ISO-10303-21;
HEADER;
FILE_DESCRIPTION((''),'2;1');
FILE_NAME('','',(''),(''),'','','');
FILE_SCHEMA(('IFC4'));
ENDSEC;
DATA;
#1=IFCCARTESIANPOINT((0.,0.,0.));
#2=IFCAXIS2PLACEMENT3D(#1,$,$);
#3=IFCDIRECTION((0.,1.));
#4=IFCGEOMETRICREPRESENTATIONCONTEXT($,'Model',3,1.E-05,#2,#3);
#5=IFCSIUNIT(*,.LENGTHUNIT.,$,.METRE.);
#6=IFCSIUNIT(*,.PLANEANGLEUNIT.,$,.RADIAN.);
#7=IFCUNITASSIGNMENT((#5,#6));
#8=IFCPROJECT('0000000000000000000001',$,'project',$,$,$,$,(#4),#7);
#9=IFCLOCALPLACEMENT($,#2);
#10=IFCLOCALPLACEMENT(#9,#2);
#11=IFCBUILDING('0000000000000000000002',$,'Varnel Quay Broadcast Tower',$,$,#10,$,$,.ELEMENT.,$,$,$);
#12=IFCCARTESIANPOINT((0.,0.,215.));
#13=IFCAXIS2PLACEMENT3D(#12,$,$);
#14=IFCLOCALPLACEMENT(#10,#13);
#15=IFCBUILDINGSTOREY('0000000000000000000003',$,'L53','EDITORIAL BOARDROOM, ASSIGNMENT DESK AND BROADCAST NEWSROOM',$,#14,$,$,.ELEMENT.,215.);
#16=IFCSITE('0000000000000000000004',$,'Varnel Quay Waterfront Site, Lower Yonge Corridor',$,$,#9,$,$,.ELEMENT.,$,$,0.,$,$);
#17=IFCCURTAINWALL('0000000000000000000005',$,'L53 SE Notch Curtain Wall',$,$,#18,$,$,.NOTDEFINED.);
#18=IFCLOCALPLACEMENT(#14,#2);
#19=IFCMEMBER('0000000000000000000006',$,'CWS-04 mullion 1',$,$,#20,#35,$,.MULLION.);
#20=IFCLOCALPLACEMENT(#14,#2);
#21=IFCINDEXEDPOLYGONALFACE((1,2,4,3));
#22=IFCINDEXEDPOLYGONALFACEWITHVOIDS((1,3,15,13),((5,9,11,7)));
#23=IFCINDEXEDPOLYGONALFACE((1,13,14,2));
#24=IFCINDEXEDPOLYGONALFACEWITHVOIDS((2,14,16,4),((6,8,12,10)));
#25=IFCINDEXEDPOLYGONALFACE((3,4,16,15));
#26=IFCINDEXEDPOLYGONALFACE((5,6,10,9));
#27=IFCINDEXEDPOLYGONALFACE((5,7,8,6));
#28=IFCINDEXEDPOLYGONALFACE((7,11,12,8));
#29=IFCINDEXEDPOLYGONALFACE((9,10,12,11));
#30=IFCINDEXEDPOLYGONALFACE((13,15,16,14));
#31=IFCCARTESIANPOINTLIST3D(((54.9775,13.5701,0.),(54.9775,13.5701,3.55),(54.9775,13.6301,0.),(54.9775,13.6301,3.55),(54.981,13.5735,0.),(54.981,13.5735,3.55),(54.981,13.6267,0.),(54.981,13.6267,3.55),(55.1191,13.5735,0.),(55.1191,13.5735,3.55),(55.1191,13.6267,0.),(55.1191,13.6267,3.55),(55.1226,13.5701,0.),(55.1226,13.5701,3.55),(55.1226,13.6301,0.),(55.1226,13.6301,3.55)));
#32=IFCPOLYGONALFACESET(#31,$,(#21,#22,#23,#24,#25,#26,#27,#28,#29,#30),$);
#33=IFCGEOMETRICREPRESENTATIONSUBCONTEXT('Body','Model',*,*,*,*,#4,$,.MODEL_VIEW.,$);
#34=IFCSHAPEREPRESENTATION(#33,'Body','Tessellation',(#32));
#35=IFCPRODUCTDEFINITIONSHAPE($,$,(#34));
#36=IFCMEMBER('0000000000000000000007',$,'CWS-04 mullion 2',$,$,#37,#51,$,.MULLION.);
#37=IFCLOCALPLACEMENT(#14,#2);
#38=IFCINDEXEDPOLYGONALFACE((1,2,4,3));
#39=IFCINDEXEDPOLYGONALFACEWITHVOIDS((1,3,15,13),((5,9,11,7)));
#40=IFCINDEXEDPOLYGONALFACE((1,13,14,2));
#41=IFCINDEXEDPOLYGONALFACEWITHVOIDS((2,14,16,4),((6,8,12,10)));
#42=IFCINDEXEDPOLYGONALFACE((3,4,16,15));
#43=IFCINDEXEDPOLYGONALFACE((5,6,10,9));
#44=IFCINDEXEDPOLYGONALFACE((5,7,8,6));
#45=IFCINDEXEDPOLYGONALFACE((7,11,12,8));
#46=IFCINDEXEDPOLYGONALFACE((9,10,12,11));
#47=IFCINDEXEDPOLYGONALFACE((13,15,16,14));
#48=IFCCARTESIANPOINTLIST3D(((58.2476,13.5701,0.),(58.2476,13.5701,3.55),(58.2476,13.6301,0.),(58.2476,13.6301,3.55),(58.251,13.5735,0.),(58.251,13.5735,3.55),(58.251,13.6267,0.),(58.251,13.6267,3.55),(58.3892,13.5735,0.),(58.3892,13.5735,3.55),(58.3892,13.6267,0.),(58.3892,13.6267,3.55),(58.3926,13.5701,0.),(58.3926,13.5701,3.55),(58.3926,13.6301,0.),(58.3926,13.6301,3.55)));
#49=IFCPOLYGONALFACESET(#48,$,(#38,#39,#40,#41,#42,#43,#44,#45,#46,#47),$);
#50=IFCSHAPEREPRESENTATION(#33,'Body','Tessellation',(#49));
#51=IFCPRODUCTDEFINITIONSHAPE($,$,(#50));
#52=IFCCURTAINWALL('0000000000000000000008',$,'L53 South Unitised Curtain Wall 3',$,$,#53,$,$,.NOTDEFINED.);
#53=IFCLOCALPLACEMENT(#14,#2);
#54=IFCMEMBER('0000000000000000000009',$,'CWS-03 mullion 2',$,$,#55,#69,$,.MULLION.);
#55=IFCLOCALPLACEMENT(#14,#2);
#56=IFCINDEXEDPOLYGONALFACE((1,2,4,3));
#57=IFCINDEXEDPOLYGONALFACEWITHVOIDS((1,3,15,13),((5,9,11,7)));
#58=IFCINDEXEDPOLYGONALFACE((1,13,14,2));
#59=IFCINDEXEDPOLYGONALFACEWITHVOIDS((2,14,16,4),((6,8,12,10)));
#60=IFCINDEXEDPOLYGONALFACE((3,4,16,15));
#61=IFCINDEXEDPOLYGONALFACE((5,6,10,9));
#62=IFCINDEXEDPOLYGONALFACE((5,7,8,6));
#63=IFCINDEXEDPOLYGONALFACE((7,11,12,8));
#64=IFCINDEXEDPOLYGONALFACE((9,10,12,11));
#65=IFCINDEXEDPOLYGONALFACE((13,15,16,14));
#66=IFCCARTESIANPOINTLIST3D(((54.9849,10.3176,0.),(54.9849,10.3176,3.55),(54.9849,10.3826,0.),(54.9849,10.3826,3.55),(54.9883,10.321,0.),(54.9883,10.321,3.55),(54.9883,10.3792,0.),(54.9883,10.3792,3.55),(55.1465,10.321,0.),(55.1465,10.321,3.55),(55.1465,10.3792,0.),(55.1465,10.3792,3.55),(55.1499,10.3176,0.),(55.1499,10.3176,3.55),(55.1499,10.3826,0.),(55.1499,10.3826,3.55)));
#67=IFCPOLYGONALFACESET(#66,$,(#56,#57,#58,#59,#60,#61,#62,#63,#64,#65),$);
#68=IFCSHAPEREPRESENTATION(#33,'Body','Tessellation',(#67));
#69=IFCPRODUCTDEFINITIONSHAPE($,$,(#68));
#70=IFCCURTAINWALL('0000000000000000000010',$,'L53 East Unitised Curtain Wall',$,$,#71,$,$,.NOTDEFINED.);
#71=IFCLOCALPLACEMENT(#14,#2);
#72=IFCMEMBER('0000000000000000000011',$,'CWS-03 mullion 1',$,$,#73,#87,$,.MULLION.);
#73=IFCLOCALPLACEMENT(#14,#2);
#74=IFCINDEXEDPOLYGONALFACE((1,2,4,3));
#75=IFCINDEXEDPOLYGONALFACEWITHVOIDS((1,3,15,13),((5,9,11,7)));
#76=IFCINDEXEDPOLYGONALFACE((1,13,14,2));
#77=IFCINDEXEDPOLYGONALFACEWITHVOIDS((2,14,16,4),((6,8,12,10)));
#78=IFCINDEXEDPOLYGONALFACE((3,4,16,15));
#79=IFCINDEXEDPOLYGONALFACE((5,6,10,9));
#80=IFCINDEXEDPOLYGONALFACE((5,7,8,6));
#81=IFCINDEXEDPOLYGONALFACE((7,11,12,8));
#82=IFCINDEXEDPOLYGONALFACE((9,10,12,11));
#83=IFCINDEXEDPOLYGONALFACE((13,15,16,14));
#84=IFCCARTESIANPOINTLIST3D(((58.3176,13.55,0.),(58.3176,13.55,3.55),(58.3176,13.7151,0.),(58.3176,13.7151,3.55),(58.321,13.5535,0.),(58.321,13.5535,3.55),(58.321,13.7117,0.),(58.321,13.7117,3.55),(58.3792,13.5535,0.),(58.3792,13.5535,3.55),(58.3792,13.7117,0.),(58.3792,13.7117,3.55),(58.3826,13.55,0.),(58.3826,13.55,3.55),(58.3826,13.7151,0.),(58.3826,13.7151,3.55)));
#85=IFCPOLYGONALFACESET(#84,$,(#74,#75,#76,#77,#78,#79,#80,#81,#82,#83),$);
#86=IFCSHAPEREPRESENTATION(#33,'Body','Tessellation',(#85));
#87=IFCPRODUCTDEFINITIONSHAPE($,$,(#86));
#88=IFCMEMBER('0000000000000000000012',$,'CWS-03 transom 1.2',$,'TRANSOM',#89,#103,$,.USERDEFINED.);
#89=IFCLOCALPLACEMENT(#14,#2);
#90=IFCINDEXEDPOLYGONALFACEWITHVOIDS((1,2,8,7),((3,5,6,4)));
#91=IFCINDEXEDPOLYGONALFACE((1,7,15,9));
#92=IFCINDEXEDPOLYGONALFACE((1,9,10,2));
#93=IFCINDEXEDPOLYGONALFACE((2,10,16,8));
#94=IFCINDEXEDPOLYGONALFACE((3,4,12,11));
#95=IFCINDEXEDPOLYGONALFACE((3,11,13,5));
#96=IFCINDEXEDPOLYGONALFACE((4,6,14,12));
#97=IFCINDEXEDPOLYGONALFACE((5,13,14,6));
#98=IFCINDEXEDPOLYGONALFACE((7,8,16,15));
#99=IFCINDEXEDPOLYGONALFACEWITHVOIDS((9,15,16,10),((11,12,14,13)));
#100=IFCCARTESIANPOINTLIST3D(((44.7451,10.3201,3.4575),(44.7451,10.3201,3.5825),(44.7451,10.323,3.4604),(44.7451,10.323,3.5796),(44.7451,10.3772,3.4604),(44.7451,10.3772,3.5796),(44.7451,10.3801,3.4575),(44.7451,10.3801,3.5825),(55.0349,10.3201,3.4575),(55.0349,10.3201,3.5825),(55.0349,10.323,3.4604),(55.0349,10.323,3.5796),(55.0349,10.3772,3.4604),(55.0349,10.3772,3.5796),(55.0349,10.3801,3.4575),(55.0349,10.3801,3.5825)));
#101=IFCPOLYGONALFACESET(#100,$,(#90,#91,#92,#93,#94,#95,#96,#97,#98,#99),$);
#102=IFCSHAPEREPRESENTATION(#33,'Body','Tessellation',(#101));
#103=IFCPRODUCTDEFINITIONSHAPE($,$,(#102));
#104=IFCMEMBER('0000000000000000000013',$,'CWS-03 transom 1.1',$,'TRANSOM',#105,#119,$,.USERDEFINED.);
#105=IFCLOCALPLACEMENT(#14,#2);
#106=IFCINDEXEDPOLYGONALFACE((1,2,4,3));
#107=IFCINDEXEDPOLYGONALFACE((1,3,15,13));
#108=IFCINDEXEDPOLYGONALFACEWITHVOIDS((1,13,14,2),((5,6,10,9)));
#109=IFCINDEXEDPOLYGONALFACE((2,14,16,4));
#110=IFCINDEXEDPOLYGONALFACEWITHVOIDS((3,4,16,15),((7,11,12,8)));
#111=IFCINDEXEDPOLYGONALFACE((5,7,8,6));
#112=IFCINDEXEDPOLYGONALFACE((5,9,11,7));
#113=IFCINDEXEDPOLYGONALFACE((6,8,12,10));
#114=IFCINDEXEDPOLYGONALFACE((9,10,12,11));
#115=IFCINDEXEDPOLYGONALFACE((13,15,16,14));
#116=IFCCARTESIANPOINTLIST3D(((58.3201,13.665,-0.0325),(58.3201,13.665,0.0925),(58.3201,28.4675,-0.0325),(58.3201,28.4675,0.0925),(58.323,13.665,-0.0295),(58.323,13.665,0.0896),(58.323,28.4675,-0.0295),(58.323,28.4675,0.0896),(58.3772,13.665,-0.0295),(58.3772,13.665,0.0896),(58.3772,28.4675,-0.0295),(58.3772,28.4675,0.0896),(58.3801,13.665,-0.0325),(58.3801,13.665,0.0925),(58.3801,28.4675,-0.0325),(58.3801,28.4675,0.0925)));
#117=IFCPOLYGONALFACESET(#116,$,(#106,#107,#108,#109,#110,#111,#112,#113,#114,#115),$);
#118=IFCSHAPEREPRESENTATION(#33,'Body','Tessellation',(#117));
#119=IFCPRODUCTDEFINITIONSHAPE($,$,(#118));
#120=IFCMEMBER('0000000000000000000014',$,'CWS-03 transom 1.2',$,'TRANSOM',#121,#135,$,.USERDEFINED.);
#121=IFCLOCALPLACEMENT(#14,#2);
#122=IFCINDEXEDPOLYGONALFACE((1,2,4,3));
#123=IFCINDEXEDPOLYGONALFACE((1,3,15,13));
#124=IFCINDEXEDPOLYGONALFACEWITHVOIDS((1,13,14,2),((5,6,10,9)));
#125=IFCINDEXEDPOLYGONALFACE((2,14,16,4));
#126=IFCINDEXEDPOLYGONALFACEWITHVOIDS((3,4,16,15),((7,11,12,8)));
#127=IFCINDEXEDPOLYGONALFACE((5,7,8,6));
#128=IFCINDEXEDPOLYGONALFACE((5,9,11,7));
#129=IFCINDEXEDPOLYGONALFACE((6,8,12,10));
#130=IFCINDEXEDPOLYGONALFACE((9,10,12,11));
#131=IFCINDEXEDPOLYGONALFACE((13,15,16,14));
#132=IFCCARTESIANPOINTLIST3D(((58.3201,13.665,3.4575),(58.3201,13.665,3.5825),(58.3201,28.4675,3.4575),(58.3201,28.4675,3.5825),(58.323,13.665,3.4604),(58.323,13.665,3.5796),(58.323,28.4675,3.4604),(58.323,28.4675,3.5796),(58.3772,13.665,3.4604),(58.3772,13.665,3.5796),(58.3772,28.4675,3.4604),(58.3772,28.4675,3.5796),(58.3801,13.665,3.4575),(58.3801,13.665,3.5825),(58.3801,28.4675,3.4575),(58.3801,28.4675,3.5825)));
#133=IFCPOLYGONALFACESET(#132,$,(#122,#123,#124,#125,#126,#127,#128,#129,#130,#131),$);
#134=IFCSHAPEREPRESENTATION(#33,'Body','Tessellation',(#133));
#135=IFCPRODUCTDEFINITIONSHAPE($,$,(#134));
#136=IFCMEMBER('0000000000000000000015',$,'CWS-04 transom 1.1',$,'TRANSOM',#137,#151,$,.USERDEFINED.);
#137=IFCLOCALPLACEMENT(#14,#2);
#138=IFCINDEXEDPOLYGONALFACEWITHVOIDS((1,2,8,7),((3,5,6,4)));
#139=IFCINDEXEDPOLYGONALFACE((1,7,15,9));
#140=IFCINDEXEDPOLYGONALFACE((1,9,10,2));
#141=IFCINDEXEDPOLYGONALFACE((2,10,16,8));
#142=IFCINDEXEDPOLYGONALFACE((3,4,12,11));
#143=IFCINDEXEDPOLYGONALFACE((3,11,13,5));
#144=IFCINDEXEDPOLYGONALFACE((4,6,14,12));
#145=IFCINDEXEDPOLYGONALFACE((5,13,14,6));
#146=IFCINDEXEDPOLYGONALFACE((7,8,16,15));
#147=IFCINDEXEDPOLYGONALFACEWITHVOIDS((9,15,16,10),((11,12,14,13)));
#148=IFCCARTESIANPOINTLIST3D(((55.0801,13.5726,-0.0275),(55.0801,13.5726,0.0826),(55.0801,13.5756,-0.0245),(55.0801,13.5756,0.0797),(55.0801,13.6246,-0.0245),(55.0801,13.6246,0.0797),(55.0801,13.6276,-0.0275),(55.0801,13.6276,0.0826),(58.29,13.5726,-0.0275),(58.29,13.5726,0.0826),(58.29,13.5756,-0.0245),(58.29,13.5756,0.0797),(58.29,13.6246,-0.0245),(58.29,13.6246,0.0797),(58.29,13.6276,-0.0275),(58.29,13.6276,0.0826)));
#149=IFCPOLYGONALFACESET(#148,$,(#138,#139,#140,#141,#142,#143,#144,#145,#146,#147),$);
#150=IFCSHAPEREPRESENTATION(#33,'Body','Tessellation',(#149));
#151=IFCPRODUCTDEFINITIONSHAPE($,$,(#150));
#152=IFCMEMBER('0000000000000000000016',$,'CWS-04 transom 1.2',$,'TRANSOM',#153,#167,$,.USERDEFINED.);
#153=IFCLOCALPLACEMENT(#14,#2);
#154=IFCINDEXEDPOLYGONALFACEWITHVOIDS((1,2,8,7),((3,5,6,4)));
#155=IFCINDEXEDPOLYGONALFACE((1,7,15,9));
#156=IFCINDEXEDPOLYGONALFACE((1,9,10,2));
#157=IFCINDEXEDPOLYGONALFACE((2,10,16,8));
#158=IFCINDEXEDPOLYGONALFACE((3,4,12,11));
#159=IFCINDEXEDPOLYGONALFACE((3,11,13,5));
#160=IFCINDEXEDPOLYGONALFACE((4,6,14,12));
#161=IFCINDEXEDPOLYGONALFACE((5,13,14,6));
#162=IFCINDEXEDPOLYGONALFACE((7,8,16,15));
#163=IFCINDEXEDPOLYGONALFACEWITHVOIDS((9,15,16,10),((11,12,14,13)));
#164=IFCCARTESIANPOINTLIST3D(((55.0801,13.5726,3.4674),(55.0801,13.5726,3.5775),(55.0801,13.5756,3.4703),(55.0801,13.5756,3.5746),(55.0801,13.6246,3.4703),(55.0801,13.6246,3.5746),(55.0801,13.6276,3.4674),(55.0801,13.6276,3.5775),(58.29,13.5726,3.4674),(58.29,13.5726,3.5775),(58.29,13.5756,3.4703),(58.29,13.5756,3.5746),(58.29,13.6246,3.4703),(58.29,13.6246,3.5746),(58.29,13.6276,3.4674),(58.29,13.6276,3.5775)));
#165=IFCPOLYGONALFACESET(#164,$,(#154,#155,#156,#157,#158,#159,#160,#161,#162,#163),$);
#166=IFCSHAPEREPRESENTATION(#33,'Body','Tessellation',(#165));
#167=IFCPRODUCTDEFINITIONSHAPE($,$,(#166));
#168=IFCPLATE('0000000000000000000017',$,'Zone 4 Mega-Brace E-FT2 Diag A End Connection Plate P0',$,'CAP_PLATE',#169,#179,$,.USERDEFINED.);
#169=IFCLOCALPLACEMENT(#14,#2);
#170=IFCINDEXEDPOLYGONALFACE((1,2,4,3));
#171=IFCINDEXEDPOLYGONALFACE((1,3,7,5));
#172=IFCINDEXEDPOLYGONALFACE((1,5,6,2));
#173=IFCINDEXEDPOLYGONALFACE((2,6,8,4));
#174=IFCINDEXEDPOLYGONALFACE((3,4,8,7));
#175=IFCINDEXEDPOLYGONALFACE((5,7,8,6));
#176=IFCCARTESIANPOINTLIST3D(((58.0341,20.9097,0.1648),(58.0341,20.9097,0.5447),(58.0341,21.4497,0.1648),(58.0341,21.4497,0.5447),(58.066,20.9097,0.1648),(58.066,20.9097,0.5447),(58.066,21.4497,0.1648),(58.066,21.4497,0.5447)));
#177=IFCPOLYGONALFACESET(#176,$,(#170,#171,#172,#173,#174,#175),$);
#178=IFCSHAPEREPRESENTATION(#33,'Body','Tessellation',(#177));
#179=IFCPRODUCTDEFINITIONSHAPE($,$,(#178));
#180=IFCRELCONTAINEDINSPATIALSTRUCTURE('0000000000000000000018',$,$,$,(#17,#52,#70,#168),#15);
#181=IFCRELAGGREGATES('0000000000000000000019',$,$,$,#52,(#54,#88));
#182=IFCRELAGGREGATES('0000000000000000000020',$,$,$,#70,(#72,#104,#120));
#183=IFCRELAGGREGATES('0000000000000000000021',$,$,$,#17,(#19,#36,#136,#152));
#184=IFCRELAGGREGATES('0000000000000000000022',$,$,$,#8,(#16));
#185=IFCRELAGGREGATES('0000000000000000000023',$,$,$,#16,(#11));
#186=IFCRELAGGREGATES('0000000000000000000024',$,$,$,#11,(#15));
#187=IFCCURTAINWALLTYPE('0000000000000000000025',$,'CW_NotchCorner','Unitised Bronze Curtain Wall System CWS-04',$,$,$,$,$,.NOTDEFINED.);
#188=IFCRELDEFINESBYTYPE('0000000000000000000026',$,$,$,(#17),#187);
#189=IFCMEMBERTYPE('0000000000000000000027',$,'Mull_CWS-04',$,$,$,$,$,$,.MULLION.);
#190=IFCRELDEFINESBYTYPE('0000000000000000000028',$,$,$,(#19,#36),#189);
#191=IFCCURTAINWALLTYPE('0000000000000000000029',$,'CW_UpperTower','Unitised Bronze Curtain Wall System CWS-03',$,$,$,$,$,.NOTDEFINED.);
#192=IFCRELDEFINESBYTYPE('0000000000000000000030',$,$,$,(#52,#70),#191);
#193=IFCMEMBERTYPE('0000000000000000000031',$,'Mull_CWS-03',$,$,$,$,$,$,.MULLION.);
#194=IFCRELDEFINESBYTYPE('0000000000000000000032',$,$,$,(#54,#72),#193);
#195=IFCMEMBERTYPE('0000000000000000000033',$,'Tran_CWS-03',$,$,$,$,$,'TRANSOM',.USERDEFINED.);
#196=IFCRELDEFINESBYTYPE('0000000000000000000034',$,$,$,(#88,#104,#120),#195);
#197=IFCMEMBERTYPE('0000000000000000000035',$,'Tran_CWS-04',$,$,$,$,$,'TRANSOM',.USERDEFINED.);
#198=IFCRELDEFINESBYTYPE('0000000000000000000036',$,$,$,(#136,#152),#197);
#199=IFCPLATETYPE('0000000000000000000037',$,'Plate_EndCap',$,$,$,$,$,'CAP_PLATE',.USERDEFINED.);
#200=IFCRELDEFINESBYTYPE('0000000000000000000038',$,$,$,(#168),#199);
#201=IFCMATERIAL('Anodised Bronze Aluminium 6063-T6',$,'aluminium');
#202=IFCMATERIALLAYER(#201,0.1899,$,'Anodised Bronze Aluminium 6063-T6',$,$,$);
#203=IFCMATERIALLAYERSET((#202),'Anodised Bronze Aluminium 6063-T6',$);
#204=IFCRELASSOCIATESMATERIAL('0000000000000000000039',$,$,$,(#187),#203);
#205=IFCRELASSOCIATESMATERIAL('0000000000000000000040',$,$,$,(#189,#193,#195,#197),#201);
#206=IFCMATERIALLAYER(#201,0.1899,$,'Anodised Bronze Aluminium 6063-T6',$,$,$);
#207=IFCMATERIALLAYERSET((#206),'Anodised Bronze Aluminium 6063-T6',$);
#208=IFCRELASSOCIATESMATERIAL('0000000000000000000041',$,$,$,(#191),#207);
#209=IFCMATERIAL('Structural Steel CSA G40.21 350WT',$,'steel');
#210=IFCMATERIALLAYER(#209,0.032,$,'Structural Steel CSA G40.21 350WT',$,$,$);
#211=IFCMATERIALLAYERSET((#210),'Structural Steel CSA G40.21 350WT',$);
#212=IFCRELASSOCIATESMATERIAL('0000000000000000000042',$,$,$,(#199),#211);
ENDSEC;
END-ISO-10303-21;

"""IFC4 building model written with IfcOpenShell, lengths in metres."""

from ifc_helpers import new_model, si_unit, direction, frame, origin, origin_2d, place, context, subcontext, project, spatial, rectangle, hollow_rectangle, extrude, source, transform, mapped, material, layer, layer_set, material_profile, profile_set, type_object, type_shapes, element, aggregate, save


model = new_model("IFC4")

# Units and contexts
model_context = context("Model", 3, precision=1e-05, world=origin(), true_north=direction((0.0, 1.0)))
body_context = subcontext(model_context, "Body", "Model", "MODEL_VIEW")
ifc_project = project(units=[si_unit("LENGTHUNIT", "METRE"), si_unit("PLANEANGLEUNIT", "RADIAN")], contexts=[model_context])

# Site, building, storey
site_placement = place(None, origin())
site = spatial("IfcSite", under=ifc_project, at=site_placement, Name="Varnel Quay Waterfront Site, Lower Yonge Corridor", CompositionType="ELEMENT", RefElevation=0.0)
building_placement = place(site_placement, origin())
building = spatial("IfcBuilding", under=site, at=building_placement, Name="Varnel Quay Broadcast Tower", CompositionType="ELEMENT")
storey_placement = place(building_placement, frame((0.0, 0.0, 215.0)))
storey = spatial("IfcBuildingStorey", under=building, at=storey_placement, Name="L53", Description="EDITORIAL BOARDROOM, ASSIGNMENT DESK AND BROADCAST NEWSROOM", CompositionType="ELEMENT", Elevation=215.0)

# Shared definitions
ifc_material_1 = material(Name="Structural Steel CSA G40.21 350WT", Category="steel")

# Curtain wall, members
ifc_material_2 = material(Name="Anodised Bronze Aluminium 6063-T6", Category="aluminium")
ifc_layer_1 = layer(ifc_material_2, 0.1899, Name="Anodised Bronze Aluminium 6063-T6")
ifc_layer_set_1 = layer_set([ifc_layer_1], Name="Anodised Bronze Aluminium 6063-T6")
curtain_wall_type_1 = type_object("IfcCurtainWallType", Name="CW_NotchCorner", Description="Unitised Bronze Curtain Wall System CWS-04", PredefinedType="NOTDEFINED", material=ifc_layer_set_1)
curtain_wall_1_placement = place(storey_placement, origin())
curtain_wall_1 = element("IfcCurtainWall", 1, at=curtain_wall_1_placement, inside=storey, type_object=curtain_wall_type_1, Name="L53 SE Notch Curtain Wall", PredefinedType="NOTDEFINED")
ifc_material_profile_1 = material_profile(ifc_material_2, hollow_rectangle(XDim=0.0601, YDim=0.145, WallThickness=0.0034, at=origin_2d()), Name="ALU60X145X3.5")
ifc_profile_set_1 = profile_set([ifc_material_profile_1], Name="Anodised Bronze Aluminium 6063-T6")
member_type_1 = type_object("IfcMemberType", Name="Mull_CWS-04", PredefinedType="MULLION", material=ifc_profile_set_1)
shared_shape_1 = source(origin(), body_context, "Body", "SweptSolid", [
    extrude(hollow_rectangle(XDim=0.0601, YDim=0.145, WallThickness=0.0034, at=origin_2d()), origin(), (0.0, 0.0, 1.0), 3.55),
])
type_shapes(member_type_1, [shared_shape_1])
member_1_placement = place(storey_placement, frame((55.05, 13.6001, 0.0), z_axis=(0.0, 0.0, 1.0), x_axis=(0.0, 1.0, 0.0)))
member_1 = element("IfcMember", 2, at=member_1_placement, type_object=member_type_1, Name="CWS-04 mullion 1", PredefinedType="MULLION", context=body_context, shape_type="MappedRepresentation", body=[
    mapped(shared_shape_1, transform((0.0, 0.0, 0.0), x_axis=(1.0, 0.0, 0.0), y_axis=(0.0, 1.0, 0.0), z_axis=(0.0, 0.0, 1.0), scale=1.0)),
])
member_2_placement = place(storey_placement, frame((58.3201, 13.6001, 0.0), z_axis=(0.0, 0.0, 1.0), x_axis=(0.0, 1.0, 0.0)))
member_2 = element("IfcMember", 3, at=member_2_placement, type_object=member_type_1, Name="CWS-04 mullion 2", PredefinedType="MULLION", context=body_context, shape_type="MappedRepresentation", body=[
    mapped(shared_shape_1, transform((0.0, 0.0, 0.0), x_axis=(1.0, 0.0, 0.0), y_axis=(0.0, 1.0, 0.0), z_axis=(0.0, 0.0, 1.0), scale=1.0)),
])

# Curtain walls, members
ifc_layer_2 = layer(ifc_material_2, 0.1899, Name="Anodised Bronze Aluminium 6063-T6")
ifc_layer_set_2 = layer_set([ifc_layer_2], Name="Anodised Bronze Aluminium 6063-T6")
curtain_wall_type_2 = type_object("IfcCurtainWallType", Name="CW_UpperTower", Description="Unitised Bronze Curtain Wall System CWS-03", PredefinedType="NOTDEFINED", material=ifc_layer_set_2)
curtain_wall_2_placement = place(storey_placement, origin())
curtain_wall_2 = element("IfcCurtainWall", 4, at=curtain_wall_2_placement, inside=storey, type_object=curtain_wall_type_2, Name="L53 South Unitised Curtain Wall 3", PredefinedType="NOTDEFINED")
ifc_material_profile_2 = material_profile(ifc_material_2, hollow_rectangle(XDim=0.0649, YDim=0.165, WallThickness=0.0034, at=origin_2d()), Name="ALU65X165X3.5")
ifc_profile_set_2 = profile_set([ifc_material_profile_2], Name="Anodised Bronze Aluminium 6063-T6")
member_type_2 = type_object("IfcMemberType", Name="Mull_CWS-03", PredefinedType="MULLION", material=ifc_profile_set_2)
shared_shape_2 = source(origin(), body_context, "Body", "SweptSolid", [
    extrude(hollow_rectangle(XDim=0.0649, YDim=0.165, WallThickness=0.0034, at=origin_2d()), origin(), (0.0, 0.0, 1.0), 3.55),
])
type_shapes(member_type_2, [shared_shape_2])
member_3_placement = place(storey_placement, frame((55.0674, 10.3501, 0.0), z_axis=(0.0, 0.0, 1.0), x_axis=(0.0, 1.0, 0.0)))
member_3 = element("IfcMember", 5, at=member_3_placement, type_object=member_type_2, Name="CWS-03 mullion 2", PredefinedType="MULLION", context=body_context, shape_type="MappedRepresentation", body=[
    mapped(shared_shape_2, transform((0.0, 0.0, 0.0), x_axis=(1.0, 0.0, 0.0), y_axis=(0.0, 1.0, 0.0), z_axis=(0.0, 0.0, 1.0), scale=1.0)),
])
curtain_wall_3_placement = place(storey_placement, origin())
curtain_wall_3 = element("IfcCurtainWall", 6, at=curtain_wall_3_placement, inside=storey, type_object=curtain_wall_type_2, Name="L53 East Unitised Curtain Wall", PredefinedType="NOTDEFINED")
member_4_placement = place(storey_placement, frame((58.3501, 13.6326, 0.0), z_axis=(0.0, 0.0, 1.0), x_axis=(-1.0, 0.0, 0.0)))
member_4 = element("IfcMember", 7, at=member_4_placement, type_object=member_type_2, Name="CWS-03 mullion 1", PredefinedType="MULLION", context=body_context, shape_type="MappedRepresentation", body=[
    mapped(shared_shape_2, transform((0.0, 0.0, 0.0), x_axis=(1.0, 0.0, 0.0), y_axis=(0.0, 1.0, 0.0), z_axis=(0.0, 0.0, 1.0), scale=1.0)),
])

# Members
ifc_material_profile_3 = material_profile(ifc_material_2, hollow_rectangle(XDim=0.0601, YDim=0.125, WallThickness=0.0029, at=origin_2d()), Name="ALU60X125X3")
ifc_profile_set_3 = profile_set([ifc_material_profile_3], Name="Anodised Bronze Aluminium 6063-T6")
member_type_3 = type_object("IfcMemberType", Name="Tran_CWS-03", ElementType="TRANSOM", PredefinedType="USERDEFINED", material=ifc_profile_set_3)
shared_shape_3 = source(origin(), body_context, "Body", "SweptSolid", [
    extrude(hollow_rectangle(XDim=0.0601, YDim=0.125, WallThickness=0.0029, at=origin_2d()), origin(), (0.0, 0.0, 1.0), 10.2898),
])
member_5_placement = place(storey_placement, frame((44.7451, 10.3501, 3.52), z_axis=(1.0, 0.0, 0.0), x_axis=(0.0, 1.0, 0.0)))
member_5 = element("IfcMember", 8, at=member_5_placement, type_object=member_type_3, Name="CWS-03 transom 1.2", ObjectType="TRANSOM", PredefinedType="USERDEFINED", context=body_context, shape_type="MappedRepresentation", body=[
    mapped(shared_shape_3, transform((0.0, 0.0, 0.0), x_axis=(1.0, 0.0, 0.0), y_axis=(0.0, 1.0, 0.0), z_axis=(0.0, 0.0, 1.0), scale=1.0)),
])
shared_shape_4 = source(origin(), body_context, "Body", "SweptSolid", [
    extrude(hollow_rectangle(XDim=0.0601, YDim=0.125, WallThickness=0.0029, at=origin_2d()), origin(), (0.0, 0.0, 1.0), 14.8025),
])
type_shapes(member_type_3, [shared_shape_3, shared_shape_4])
member_6_placement = place(storey_placement, frame((58.3501, 13.665, 0.03), z_axis=(0.0, 1.0, 0.0), x_axis=(-1.0, 0.0, 0.0)))
member_6 = element("IfcMember", 9, at=member_6_placement, type_object=member_type_3, Name="CWS-03 transom 1.1", ObjectType="TRANSOM", PredefinedType="USERDEFINED", context=body_context, shape_type="MappedRepresentation", body=[
    mapped(shared_shape_4, transform((0.0, 0.0, 0.0), x_axis=(1.0, 0.0, 0.0), y_axis=(0.0, 1.0, 0.0), z_axis=(0.0, 0.0, 1.0), scale=1.0)),
])
member_7_placement = place(storey_placement, frame((58.3501, 13.665, 3.52), z_axis=(0.0, 1.0, 0.0), x_axis=(-1.0, 0.0, 0.0)))
member_7 = element("IfcMember", 10, at=member_7_placement, type_object=member_type_3, Name="CWS-03 transom 1.2", ObjectType="TRANSOM", PredefinedType="USERDEFINED", context=body_context, shape_type="MappedRepresentation", body=[
    mapped(shared_shape_4, transform((0.0, 0.0, 0.0), x_axis=(1.0, 0.0, 0.0), y_axis=(0.0, 1.0, 0.0), z_axis=(0.0, 0.0, 1.0), scale=1.0)),
])
ifc_material_profile_4 = material_profile(ifc_material_2, hollow_rectangle(XDim=0.0549, YDim=0.1101, WallThickness=0.0029, at=origin_2d()), Name="ALU55X110X3")
ifc_profile_set_4 = profile_set([ifc_material_profile_4], Name="Anodised Bronze Aluminium 6063-T6")
member_type_4 = type_object("IfcMemberType", Name="Tran_CWS-04", ElementType="TRANSOM", PredefinedType="USERDEFINED", material=ifc_profile_set_4)
shared_shape_5 = source(origin(), body_context, "Body", "SweptSolid", [
    extrude(hollow_rectangle(XDim=0.0549, YDim=0.1101, WallThickness=0.0029, at=origin_2d()), origin(), (0.0, 0.0, 1.0), 3.21),
])
type_shapes(member_type_4, [shared_shape_5])
member_8_placement = place(storey_placement, frame((55.0801, 13.6001, 0.0276), z_axis=(1.0, 0.0, 0.0), x_axis=(0.0, 1.0, 0.0)))
member_8 = element("IfcMember", 11, at=member_8_placement, type_object=member_type_4, Name="CWS-04 transom 1.1", ObjectType="TRANSOM", PredefinedType="USERDEFINED", context=body_context, shape_type="MappedRepresentation", body=[
    mapped(shared_shape_5, transform((0.0, 0.0, 0.0), x_axis=(1.0, 0.0, 0.0), y_axis=(0.0, 1.0, 0.0), z_axis=(0.0, 0.0, 1.0), scale=1.0)),
])
member_9_placement = place(storey_placement, frame((55.0801, 13.6001, 3.5225), z_axis=(1.0, 0.0, 0.0), x_axis=(0.0, 1.0, 0.0)))
member_9 = element("IfcMember", 12, at=member_9_placement, type_object=member_type_4, Name="CWS-04 transom 1.2", ObjectType="TRANSOM", PredefinedType="USERDEFINED", context=body_context, shape_type="MappedRepresentation", body=[
    mapped(shared_shape_5, transform((0.0, 0.0, 0.0), x_axis=(1.0, 0.0, 0.0), y_axis=(0.0, 1.0, 0.0), z_axis=(0.0, 0.0, 1.0), scale=1.0)),
])

# Plate
ifc_layer_3 = layer(ifc_material_1, 0.032, Name="Structural Steel CSA G40.21 350WT")
ifc_layer_set_3 = layer_set([ifc_layer_3], Name="Structural Steel CSA G40.21 350WT")
plate_type_1 = type_object("IfcPlateType", Name="Plate_EndCap", ElementType="CAP_PLATE", PredefinedType="USERDEFINED", material=ifc_layer_set_3)
shared_shape_6 = source(origin(), body_context, "Body", "SweptSolid", [
    extrude(rectangle(XDim=0.54, YDim=0.032, at=origin_2d()), origin(), (0.0, 0.0, 1.0), 0.3799),
])
type_shapes(plate_type_1, [shared_shape_6])
plate_1_placement = place(storey_placement, frame((58.05, 21.1797, 0.1648), z_axis=(0.0, 0.0, 1.0), x_axis=(0.0, 1.0, 0.0)))
element("IfcPlate", 13, at=plate_1_placement, inside=storey, type_object=plate_type_1, Name="Zone 4 Mega-Brace E-FT2 Diag A End Connection Plate P0", ObjectType="CAP_PLATE", PredefinedType="USERDEFINED", context=body_context, shape_type="MappedRepresentation", body=[
    mapped(shared_shape_6, transform((0.0, 0.0, 0.0), x_axis=(1.0, 0.0, 0.0), y_axis=(0.0, 1.0, 0.0), z_axis=(0.0, 0.0, 1.0), scale=1.0)),
])
aggregate(curtain_wall_2, [member_3, member_5])
aggregate(curtain_wall_3, [member_4, member_6, member_7])
aggregate(curtain_wall_1, [member_1, member_2, member_8, member_9])

save(model, "model.ifc")
